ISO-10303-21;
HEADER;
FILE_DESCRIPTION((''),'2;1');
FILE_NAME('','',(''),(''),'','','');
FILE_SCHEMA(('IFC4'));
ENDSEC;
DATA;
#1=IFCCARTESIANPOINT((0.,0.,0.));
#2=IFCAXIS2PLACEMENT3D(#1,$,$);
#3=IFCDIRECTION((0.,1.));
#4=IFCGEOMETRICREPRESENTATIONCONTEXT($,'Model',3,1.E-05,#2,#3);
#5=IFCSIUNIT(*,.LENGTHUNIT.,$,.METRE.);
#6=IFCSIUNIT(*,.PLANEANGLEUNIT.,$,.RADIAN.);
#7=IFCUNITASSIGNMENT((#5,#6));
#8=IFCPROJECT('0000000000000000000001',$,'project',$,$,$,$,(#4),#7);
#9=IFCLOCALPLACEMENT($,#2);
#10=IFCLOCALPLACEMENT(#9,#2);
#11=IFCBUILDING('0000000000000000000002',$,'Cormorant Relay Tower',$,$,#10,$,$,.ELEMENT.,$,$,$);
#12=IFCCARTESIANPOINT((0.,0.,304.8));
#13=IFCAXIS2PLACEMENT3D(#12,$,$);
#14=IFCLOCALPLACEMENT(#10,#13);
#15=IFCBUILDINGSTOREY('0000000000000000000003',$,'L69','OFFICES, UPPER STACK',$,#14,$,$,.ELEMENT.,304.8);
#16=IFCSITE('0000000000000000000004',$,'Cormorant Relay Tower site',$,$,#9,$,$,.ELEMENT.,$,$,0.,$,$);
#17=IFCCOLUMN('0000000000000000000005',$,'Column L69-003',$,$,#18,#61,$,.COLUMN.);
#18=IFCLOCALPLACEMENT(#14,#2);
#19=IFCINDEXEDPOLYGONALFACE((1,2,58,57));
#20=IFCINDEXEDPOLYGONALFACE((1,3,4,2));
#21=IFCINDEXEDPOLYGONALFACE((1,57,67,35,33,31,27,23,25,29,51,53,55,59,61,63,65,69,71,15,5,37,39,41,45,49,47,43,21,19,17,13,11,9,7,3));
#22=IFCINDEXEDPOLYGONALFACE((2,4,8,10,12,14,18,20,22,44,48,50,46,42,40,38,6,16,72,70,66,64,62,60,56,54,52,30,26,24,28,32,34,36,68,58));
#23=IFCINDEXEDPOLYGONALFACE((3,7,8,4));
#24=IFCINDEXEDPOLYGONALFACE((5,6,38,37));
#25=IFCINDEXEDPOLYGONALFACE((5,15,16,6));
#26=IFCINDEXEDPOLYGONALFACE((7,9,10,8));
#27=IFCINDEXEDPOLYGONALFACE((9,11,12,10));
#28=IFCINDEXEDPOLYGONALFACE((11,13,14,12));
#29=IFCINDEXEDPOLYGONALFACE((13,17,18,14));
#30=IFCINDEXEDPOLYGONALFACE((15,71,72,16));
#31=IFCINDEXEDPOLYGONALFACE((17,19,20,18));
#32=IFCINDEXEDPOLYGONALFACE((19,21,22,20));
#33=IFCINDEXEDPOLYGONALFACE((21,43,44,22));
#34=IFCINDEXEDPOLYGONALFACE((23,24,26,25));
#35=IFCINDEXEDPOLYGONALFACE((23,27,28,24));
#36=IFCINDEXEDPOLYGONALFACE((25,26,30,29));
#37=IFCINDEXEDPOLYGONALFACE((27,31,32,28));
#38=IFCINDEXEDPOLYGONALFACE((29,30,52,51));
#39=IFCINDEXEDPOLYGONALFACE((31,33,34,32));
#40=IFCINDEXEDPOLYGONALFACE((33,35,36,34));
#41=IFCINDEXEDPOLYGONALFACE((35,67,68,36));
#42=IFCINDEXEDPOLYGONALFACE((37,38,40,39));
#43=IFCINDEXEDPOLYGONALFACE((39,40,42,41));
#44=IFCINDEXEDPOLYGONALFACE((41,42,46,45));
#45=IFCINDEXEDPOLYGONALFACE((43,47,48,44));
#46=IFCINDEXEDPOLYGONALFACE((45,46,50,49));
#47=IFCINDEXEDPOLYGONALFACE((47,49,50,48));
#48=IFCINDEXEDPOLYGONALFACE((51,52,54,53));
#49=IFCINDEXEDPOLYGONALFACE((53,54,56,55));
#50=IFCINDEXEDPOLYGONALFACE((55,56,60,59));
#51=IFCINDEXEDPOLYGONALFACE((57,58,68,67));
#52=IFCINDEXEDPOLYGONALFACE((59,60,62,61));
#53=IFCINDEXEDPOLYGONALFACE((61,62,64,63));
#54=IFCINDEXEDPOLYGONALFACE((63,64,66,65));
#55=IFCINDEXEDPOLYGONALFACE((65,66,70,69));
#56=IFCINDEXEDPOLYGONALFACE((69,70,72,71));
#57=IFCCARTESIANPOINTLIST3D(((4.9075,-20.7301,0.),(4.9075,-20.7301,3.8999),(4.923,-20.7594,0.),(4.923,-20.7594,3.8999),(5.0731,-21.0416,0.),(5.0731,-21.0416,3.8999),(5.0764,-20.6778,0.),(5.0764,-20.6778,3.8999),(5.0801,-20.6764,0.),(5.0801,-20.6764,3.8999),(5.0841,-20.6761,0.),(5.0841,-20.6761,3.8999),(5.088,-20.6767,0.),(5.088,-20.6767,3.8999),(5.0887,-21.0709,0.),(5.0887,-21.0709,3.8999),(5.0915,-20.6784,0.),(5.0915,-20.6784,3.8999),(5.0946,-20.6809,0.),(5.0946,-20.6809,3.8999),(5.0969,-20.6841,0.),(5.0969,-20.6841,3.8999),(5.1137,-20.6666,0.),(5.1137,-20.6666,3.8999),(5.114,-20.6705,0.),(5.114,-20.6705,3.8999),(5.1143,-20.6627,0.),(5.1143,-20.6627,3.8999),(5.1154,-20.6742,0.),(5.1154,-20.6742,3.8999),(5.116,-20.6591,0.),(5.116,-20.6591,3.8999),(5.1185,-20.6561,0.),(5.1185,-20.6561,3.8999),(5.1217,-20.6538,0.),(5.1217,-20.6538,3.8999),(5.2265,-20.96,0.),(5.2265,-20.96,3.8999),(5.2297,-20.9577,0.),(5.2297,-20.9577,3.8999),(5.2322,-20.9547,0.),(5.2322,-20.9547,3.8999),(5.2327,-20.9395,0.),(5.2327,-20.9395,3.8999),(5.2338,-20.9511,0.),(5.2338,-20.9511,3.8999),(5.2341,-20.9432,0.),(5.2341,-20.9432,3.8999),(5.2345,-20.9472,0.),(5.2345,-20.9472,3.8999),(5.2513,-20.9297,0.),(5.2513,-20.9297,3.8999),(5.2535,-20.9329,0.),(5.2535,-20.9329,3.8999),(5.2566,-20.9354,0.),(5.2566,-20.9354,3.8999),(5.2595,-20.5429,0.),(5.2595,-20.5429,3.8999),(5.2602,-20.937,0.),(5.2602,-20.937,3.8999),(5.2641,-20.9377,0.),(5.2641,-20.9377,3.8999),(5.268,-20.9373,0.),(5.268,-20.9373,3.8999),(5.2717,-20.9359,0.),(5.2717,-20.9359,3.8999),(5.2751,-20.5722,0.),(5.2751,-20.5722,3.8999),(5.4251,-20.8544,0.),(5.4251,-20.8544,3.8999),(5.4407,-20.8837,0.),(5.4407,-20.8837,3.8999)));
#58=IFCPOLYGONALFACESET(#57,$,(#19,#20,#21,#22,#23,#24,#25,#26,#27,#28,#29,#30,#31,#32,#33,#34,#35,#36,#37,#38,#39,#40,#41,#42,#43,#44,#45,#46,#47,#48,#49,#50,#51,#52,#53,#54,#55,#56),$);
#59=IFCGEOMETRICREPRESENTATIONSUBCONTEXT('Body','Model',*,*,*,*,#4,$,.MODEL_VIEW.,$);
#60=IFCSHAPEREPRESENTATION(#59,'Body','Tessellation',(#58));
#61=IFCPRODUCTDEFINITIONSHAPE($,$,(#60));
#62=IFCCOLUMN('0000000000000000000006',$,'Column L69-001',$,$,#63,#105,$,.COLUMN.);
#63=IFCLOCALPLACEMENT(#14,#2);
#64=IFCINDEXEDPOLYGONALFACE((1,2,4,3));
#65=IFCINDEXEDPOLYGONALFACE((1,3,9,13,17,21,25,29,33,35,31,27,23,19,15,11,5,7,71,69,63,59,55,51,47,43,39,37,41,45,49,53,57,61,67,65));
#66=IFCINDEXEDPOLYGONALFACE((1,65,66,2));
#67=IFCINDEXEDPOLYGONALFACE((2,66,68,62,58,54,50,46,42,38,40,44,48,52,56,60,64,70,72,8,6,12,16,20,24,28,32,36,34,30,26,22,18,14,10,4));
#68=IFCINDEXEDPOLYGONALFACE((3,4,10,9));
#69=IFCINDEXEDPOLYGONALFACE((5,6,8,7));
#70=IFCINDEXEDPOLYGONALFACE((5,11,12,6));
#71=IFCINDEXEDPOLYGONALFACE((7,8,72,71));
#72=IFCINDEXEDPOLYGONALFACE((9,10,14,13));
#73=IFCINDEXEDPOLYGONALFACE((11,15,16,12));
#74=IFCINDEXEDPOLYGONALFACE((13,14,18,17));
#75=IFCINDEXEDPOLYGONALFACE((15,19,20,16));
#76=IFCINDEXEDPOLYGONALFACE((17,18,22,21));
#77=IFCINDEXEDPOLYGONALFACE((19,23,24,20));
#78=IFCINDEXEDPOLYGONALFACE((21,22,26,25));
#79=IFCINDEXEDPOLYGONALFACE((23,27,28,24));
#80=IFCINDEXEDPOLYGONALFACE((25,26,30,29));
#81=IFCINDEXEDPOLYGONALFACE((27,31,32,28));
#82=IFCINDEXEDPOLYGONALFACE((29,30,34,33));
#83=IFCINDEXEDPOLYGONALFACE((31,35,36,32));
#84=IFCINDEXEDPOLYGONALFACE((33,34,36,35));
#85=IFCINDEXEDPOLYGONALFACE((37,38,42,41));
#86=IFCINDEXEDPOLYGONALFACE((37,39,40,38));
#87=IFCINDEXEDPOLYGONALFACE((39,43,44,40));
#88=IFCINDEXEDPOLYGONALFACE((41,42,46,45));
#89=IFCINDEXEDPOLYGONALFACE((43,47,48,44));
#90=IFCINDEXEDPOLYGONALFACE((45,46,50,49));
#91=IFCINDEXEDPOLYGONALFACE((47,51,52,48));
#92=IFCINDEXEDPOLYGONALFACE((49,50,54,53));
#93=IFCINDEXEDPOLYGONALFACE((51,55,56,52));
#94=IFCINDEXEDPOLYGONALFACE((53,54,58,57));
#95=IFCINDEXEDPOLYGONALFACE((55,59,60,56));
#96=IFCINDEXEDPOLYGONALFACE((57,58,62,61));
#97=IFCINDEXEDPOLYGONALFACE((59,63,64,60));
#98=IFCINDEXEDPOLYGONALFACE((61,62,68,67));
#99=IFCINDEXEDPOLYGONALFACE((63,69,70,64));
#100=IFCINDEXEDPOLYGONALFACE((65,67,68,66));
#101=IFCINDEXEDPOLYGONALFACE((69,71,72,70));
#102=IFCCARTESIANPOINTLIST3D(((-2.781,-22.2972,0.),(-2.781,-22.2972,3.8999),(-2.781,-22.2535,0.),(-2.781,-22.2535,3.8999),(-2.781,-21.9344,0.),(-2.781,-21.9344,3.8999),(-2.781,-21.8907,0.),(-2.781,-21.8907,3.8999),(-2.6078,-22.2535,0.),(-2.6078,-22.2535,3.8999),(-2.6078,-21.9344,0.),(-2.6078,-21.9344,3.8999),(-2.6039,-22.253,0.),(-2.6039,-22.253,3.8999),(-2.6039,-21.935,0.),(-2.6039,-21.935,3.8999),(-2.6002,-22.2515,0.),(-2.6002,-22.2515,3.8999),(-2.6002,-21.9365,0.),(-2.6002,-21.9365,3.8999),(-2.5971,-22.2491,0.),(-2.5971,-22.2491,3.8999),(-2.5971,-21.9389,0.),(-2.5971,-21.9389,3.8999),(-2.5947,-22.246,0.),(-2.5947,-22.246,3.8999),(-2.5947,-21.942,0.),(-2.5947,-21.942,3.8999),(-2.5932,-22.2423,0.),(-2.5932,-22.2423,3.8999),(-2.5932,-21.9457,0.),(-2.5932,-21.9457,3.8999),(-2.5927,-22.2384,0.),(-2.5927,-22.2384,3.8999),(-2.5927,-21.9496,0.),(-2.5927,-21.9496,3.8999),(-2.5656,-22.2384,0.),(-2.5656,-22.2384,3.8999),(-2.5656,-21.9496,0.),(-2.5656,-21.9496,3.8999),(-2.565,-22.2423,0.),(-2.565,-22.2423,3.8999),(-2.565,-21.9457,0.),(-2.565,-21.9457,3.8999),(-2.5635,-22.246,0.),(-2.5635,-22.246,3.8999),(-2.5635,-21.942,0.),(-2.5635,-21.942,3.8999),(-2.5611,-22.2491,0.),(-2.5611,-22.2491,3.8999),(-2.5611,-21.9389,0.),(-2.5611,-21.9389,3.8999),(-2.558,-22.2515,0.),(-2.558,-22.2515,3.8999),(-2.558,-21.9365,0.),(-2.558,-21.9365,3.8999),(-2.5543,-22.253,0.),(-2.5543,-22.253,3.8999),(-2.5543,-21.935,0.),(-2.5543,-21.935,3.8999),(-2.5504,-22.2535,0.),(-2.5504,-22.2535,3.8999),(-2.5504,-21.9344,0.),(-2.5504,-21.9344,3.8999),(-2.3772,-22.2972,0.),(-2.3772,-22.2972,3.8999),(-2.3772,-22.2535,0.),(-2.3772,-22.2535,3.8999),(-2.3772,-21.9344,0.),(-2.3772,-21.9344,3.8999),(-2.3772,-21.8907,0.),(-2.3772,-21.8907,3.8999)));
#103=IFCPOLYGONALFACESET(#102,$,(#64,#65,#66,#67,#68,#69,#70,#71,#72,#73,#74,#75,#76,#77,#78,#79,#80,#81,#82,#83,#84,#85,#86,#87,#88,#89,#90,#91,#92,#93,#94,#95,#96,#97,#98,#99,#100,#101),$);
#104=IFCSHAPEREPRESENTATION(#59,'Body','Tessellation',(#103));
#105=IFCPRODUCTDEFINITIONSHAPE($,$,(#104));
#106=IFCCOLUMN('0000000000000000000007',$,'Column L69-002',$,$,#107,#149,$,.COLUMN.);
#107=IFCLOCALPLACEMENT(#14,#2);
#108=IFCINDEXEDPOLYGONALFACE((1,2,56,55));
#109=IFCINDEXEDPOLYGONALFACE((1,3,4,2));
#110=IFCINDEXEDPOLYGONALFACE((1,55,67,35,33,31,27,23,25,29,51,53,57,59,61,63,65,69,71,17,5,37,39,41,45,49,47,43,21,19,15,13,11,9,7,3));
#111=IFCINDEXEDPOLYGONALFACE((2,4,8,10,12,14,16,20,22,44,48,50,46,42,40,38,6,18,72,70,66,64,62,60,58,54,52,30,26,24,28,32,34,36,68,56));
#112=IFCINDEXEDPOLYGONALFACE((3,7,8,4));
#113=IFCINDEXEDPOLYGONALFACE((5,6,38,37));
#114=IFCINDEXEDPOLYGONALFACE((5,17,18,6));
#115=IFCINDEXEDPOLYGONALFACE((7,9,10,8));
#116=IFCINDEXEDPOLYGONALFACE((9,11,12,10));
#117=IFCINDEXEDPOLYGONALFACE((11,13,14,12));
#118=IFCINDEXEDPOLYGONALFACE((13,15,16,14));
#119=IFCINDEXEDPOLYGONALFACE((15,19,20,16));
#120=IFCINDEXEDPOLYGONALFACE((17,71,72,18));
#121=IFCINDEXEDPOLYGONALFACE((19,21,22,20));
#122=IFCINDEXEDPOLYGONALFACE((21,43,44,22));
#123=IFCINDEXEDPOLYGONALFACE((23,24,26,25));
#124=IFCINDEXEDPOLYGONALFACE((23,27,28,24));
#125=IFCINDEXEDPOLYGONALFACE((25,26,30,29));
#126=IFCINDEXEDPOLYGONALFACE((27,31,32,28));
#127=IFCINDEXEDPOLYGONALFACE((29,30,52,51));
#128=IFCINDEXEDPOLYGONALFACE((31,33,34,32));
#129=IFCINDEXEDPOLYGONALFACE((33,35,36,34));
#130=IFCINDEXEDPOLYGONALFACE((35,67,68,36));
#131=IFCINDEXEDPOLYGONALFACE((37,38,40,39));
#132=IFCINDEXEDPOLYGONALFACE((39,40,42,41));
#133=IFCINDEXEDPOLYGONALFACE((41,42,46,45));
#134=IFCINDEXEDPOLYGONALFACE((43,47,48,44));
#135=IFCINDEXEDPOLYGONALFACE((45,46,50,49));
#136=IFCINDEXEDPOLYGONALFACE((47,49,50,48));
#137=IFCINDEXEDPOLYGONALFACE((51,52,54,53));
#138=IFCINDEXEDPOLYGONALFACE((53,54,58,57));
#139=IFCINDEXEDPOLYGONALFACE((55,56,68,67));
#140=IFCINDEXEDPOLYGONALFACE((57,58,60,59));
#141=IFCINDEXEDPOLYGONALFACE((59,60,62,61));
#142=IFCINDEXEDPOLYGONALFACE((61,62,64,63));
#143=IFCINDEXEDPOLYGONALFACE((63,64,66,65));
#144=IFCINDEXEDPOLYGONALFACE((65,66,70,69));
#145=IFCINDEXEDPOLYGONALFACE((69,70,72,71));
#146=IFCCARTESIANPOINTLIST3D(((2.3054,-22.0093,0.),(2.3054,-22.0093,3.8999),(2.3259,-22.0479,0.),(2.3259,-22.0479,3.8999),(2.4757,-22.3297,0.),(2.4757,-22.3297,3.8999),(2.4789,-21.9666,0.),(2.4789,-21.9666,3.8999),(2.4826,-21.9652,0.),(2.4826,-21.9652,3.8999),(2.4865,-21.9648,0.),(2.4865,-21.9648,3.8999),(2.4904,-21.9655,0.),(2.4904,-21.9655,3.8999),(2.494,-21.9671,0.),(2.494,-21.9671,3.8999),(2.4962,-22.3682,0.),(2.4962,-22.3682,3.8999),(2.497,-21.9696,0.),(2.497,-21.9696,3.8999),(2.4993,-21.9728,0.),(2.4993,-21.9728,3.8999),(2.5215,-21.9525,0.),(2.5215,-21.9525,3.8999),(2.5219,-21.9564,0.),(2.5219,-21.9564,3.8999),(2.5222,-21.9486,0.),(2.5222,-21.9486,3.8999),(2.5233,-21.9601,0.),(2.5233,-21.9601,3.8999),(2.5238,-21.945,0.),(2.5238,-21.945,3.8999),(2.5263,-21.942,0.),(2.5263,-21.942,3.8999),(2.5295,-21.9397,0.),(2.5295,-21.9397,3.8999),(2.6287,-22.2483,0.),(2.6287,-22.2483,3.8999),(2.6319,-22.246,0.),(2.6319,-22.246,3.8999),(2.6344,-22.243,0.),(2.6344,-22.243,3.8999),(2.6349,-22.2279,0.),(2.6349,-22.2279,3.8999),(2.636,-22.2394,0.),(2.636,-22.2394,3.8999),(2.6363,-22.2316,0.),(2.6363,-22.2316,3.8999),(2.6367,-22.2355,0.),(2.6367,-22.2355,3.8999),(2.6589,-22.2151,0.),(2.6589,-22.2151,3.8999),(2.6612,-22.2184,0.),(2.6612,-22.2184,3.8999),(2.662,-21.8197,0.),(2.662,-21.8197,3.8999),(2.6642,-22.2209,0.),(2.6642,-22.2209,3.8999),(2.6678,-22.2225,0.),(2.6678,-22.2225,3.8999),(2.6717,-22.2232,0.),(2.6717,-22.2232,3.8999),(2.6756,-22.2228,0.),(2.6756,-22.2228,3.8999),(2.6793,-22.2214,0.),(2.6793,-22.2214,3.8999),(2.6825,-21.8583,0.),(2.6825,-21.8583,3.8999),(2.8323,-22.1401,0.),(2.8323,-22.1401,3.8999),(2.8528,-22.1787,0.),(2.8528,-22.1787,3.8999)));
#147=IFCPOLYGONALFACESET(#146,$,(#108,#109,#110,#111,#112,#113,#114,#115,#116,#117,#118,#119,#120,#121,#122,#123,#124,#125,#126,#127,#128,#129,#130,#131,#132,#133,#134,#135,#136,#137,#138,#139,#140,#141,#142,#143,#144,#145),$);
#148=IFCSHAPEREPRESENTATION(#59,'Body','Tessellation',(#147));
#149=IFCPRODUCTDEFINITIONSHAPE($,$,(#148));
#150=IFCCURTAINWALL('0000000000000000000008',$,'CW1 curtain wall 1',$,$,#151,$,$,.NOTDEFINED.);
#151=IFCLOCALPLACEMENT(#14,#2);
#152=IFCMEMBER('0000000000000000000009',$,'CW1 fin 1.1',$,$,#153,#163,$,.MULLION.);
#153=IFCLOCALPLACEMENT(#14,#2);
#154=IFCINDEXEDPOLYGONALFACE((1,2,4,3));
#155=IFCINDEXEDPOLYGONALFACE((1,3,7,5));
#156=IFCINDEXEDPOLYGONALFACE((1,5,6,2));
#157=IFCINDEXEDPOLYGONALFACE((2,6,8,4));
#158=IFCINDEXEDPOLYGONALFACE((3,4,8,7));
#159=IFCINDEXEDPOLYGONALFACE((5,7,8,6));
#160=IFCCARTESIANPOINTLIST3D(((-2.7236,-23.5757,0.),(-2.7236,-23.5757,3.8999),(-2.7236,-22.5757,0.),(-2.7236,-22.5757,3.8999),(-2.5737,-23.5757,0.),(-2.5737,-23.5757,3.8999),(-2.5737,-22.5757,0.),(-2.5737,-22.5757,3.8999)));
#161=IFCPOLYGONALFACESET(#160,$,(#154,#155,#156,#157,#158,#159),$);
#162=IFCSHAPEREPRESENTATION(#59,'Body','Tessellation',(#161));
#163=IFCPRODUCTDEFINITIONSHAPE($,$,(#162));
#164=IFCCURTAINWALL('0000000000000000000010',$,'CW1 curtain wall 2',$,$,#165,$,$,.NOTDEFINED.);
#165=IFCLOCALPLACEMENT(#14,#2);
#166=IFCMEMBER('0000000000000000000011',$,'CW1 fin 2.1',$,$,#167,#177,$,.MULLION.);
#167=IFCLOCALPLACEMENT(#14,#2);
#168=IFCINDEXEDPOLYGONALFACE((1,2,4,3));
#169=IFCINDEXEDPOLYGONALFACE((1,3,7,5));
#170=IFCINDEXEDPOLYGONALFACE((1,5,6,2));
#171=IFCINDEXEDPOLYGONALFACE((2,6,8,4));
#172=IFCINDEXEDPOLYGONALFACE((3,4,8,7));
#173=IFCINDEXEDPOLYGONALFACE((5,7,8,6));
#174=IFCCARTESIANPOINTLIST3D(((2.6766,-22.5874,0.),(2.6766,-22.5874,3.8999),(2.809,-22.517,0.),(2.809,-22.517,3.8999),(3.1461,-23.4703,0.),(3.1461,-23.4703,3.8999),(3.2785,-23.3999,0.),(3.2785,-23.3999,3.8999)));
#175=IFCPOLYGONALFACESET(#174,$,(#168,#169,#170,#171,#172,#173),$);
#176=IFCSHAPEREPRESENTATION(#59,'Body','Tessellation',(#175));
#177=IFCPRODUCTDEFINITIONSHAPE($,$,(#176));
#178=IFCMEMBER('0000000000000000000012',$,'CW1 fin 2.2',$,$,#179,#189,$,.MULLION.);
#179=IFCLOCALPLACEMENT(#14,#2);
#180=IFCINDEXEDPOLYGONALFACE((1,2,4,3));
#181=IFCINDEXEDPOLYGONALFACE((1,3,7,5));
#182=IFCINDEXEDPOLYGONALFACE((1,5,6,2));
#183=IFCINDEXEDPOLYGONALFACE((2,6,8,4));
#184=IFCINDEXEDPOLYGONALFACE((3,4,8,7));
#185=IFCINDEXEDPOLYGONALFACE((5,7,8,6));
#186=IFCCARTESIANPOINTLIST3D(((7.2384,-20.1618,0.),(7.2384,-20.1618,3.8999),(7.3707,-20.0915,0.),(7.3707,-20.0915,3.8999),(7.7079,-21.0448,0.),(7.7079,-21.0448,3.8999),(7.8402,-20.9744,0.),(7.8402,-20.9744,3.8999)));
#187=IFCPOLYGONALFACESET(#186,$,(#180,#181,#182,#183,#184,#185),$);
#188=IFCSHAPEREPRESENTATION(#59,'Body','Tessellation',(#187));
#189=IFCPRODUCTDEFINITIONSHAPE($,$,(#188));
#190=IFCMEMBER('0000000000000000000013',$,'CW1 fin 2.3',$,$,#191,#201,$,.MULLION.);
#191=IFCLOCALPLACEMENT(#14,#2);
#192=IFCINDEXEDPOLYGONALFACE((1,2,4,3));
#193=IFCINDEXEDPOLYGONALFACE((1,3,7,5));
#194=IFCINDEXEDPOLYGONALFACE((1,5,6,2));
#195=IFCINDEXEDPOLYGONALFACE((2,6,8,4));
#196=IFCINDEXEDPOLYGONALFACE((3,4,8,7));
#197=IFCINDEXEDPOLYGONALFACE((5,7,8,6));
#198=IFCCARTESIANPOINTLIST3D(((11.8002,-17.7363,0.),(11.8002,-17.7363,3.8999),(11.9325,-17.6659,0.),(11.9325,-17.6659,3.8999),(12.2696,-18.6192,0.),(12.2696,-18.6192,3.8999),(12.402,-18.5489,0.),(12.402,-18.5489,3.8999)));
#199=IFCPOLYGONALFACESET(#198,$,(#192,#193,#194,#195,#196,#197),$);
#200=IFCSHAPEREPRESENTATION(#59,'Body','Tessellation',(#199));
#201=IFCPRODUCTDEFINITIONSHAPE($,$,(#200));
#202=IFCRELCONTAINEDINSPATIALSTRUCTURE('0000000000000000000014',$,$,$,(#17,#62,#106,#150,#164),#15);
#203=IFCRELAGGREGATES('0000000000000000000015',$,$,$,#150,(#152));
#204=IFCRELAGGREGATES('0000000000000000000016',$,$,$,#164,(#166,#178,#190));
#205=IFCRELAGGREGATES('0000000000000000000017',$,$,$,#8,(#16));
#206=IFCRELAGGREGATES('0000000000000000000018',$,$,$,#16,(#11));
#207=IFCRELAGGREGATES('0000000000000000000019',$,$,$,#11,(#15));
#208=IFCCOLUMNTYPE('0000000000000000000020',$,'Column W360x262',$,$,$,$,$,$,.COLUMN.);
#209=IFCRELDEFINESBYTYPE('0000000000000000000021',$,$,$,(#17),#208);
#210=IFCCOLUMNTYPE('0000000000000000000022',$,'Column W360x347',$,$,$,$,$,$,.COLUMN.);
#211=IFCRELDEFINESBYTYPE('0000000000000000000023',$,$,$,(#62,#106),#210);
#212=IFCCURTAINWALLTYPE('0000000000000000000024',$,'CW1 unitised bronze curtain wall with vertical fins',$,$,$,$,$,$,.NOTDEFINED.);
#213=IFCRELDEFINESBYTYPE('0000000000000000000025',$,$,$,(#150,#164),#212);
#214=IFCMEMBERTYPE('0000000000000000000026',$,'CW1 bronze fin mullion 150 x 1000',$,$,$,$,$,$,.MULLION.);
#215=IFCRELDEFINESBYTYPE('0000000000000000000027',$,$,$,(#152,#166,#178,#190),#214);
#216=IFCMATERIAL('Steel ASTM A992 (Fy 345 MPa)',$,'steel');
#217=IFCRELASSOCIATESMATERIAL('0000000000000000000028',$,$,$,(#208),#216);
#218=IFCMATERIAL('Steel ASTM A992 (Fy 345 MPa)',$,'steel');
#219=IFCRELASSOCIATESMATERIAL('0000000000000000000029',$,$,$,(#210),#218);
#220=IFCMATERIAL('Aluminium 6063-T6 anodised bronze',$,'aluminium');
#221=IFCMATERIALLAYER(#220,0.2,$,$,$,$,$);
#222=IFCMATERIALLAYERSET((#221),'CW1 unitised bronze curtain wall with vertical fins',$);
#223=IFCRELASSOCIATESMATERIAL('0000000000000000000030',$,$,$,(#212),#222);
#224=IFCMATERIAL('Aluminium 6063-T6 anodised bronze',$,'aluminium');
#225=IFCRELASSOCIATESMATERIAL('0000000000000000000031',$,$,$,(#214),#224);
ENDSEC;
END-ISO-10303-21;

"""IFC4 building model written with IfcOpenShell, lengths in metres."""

from ifc_helpers import new_model, si_unit, direction, frame, origin, origin_2d, place, context, subcontext, project, spatial, rectangle, i_section, extrude, material, layer, layer_set, material_profile, profile_set, type_object, element, aggregate, save


model = new_model("IFC4")

# Units and contexts
model_context = context("Model", 3, precision=1e-05, world=origin(), true_north=direction((0.0, 1.0)))
body_context = subcontext(model_context, "Body", "Model", "MODEL_VIEW")
ifc_project = project(units=[si_unit("LENGTHUNIT", "METRE"), si_unit("PLANEANGLEUNIT", "RADIAN")], contexts=[model_context])

# Site, building, storey
site_placement = place(None, origin())
site = spatial("IfcSite", under=ifc_project, at=site_placement, Name="Cormorant Relay Tower site", CompositionType="ELEMENT", RefElevation=0.0)
building_placement = place(site_placement, origin())
building = spatial("IfcBuilding", under=site, at=building_placement, Name="Cormorant Relay Tower", CompositionType="ELEMENT")
storey_placement = place(building_placement, frame((0.0, 0.0, 304.8)))
storey = spatial("IfcBuildingStorey", under=building, at=storey_placement, Name="L69", Description="OFFICES, UPPER STACK", CompositionType="ELEMENT", Elevation=304.8)

# Columns
ifc_material_1 = material(Name="Steel ASTM A992 (Fy 345 MPa)", Category="steel")
ifc_material_profile_1 = material_profile(ifc_material_1, i_section(OverallWidth=0.3987, OverallDepth=0.386, WebThickness=0.021, FlangeThickness=0.0332, FilletRadius=0.0151, at=origin_2d()), Name="W360x262")
ifc_profile_set_1 = profile_set([ifc_material_profile_1], Name="Steel ASTM A992 (Fy 345 MPa)")
column_type_1 = type_object("IfcColumnType", Name="Column W360x262", PredefinedType="COLUMN", material=ifc_profile_set_1)
column_placement = place(storey_placement, frame((5.1741, -20.8069, 0.0), z_axis=(0.0, 0.0, 1.0), x_axis=(0.882948, 0.469472, 0.0)))
element("IfcColumn", 1, at=column_placement, inside=storey, type_object=column_type_1, Name="Column L69-003", PredefinedType="COLUMN", context=body_context, shape_type="SweptSolid", body=[
    extrude(i_section(OverallWidth=0.3987, OverallDepth=0.386, WebThickness=0.021, FlangeThickness=0.0332, FilletRadius=0.0151, at=origin_2d()), origin(), (0.0, 0.0, 1.0), 3.8999),
])
ifc_material_2 = material(Name="Steel ASTM A992 (Fy 345 MPa)", Category="steel")
ifc_material_profile_2 = material_profile(ifc_material_2, i_section(OverallWidth=0.4038, OverallDepth=0.4065, WebThickness=0.0271, FlangeThickness=0.0437, FilletRadius=0.0151, at=origin_2d()), Name="W360x347")
ifc_profile_set_2 = profile_set([ifc_material_profile_2], Name="Steel ASTM A992 (Fy 345 MPa)")
column_type_2 = type_object("IfcColumnType", Name="Column W360x347", PredefinedType="COLUMN", material=ifc_profile_set_2)
for number, where, z_axis, x_axis, name in (
    (2, (-2.5791, -22.094, 0.0), (0.0, 0.0, 1.0), (1.0, 0.0, 0.0), "Column L69-001"),
    (3, (2.5791, -22.094, 0.0), (0.0, 0.0, 1.0), (0.882948, 0.469472, 0.0), "Column L69-002"),
):
    element("IfcColumn", number, at=place(storey_placement, frame(where, z_axis=z_axis, x_axis=x_axis)), inside=storey, type_object=column_type_2, Name=name, PredefinedType="COLUMN", context=body_context, shape_type="SweptSolid", body=[
        extrude(i_section(OverallWidth=0.4038, OverallDepth=0.4065, WebThickness=0.0271, FlangeThickness=0.0437, FilletRadius=0.0151, at=origin_2d()), origin(), (0.0, 0.0, 1.0), 3.8999),
    ])

# Curtain wall, member
ifc_material_3 = material(Name="Aluminium 6063-T6 anodised bronze", Category="aluminium")
ifc_layer_1 = layer(ifc_material_3, 0.2)
ifc_layer_set_1 = layer_set([ifc_layer_1], Name="CW1 unitised bronze curtain wall with vertical fins")
curtain_wall_type = type_object("IfcCurtainWallType", Name="CW1 unitised bronze curtain wall with vertical fins", PredefinedType="NOTDEFINED", material=ifc_layer_set_1)
curtain_wall_1_placement = place(storey_placement, origin())
curtain_wall_1 = element("IfcCurtainWall", 4, at=curtain_wall_1_placement, inside=storey, type_object=curtain_wall_type, Name="CW1 curtain wall 1", PredefinedType="NOTDEFINED")
ifc_material_4 = material(Name="Aluminium 6063-T6 anodised bronze", Category="aluminium")
ifc_material_profile_3 = material_profile(ifc_material_4, rectangle(XDim=0.1499, YDim=1.0, at=origin_2d()), Name="AL 150x1000")
ifc_profile_set_3 = profile_set([ifc_material_profile_3], Name="Aluminium 6063-T6 anodised bronze")
member_type_1 = type_object("IfcMemberType", Name="CW1 bronze fin mullion 150 x 1000", PredefinedType="MULLION", material=ifc_profile_set_3)
member_1_placement = place(storey_placement, frame((-2.6487, -23.0757, 0.0), z_axis=(0.0, 0.0, 1.0), x_axis=(1.0, 0.0, 0.0)))
member_1 = element("IfcMember", 5, at=member_1_placement, type_object=member_type_1, Name="CW1 fin 1.1", PredefinedType="MULLION", context=body_context, shape_type="SweptSolid", body=[
    extrude(rectangle(XDim=0.1499, YDim=1.0, at=origin_2d()), origin(), (0.0, 0.0, 1.0), 3.8999),
])

# Curtain wall, members
curtain_wall_2_placement = place(storey_placement, origin())
curtain_wall_2 = element("IfcCurtainWall", 6, at=curtain_wall_2_placement, inside=storey, type_object=curtain_wall_type, Name="CW1 curtain wall 2", PredefinedType="NOTDEFINED")
member_2_placement = place(storey_placement, frame((2.9775, -22.9937, 0.0), z_axis=(0.0, 0.0, 1.0), x_axis=(0.882948, 0.469472, 0.0)))
member_2 = element("IfcMember", 7, at=member_2_placement, type_object=member_type_1, Name="CW1 fin 2.1", PredefinedType="MULLION", context=body_context, shape_type="SweptSolid", body=[
    extrude(rectangle(XDim=0.1499, YDim=1.0, at=origin_2d()), origin(), (0.0, 0.0, 1.0), 3.8999),
])
member_3_placement = place(storey_placement, frame((7.5393, -20.5681, 0.0), z_axis=(0.0, 0.0, 1.0), x_axis=(0.882948, 0.469472, 0.0)))
member_3 = element("IfcMember", 8, at=member_3_placement, type_object=member_type_1, Name="CW1 fin 2.2", PredefinedType="MULLION", context=body_context, shape_type="SweptSolid", body=[
    extrude(rectangle(XDim=0.1499, YDim=1.0, at=origin_2d()), origin(), (0.0, 0.0, 1.0), 3.8999),
])
member_4_placement = place(storey_placement, frame((12.1011, -18.1426, 0.0), z_axis=(0.0, 0.0, 1.0), x_axis=(0.882948, 0.469472, 0.0)))
member_4 = element("IfcMember", 9, at=member_4_placement, type_object=member_type_1, Name="CW1 fin 2.3", PredefinedType="MULLION", context=body_context, shape_type="SweptSolid", body=[
    extrude(rectangle(XDim=0.1499, YDim=1.0, at=origin_2d()), origin(), (0.0, 0.0, 1.0), 3.8999),
])

aggregate(curtain_wall_1, [member_1])
aggregate(curtain_wall_2, [member_2, member_3, member_4])

save(model, "model.ifc")
